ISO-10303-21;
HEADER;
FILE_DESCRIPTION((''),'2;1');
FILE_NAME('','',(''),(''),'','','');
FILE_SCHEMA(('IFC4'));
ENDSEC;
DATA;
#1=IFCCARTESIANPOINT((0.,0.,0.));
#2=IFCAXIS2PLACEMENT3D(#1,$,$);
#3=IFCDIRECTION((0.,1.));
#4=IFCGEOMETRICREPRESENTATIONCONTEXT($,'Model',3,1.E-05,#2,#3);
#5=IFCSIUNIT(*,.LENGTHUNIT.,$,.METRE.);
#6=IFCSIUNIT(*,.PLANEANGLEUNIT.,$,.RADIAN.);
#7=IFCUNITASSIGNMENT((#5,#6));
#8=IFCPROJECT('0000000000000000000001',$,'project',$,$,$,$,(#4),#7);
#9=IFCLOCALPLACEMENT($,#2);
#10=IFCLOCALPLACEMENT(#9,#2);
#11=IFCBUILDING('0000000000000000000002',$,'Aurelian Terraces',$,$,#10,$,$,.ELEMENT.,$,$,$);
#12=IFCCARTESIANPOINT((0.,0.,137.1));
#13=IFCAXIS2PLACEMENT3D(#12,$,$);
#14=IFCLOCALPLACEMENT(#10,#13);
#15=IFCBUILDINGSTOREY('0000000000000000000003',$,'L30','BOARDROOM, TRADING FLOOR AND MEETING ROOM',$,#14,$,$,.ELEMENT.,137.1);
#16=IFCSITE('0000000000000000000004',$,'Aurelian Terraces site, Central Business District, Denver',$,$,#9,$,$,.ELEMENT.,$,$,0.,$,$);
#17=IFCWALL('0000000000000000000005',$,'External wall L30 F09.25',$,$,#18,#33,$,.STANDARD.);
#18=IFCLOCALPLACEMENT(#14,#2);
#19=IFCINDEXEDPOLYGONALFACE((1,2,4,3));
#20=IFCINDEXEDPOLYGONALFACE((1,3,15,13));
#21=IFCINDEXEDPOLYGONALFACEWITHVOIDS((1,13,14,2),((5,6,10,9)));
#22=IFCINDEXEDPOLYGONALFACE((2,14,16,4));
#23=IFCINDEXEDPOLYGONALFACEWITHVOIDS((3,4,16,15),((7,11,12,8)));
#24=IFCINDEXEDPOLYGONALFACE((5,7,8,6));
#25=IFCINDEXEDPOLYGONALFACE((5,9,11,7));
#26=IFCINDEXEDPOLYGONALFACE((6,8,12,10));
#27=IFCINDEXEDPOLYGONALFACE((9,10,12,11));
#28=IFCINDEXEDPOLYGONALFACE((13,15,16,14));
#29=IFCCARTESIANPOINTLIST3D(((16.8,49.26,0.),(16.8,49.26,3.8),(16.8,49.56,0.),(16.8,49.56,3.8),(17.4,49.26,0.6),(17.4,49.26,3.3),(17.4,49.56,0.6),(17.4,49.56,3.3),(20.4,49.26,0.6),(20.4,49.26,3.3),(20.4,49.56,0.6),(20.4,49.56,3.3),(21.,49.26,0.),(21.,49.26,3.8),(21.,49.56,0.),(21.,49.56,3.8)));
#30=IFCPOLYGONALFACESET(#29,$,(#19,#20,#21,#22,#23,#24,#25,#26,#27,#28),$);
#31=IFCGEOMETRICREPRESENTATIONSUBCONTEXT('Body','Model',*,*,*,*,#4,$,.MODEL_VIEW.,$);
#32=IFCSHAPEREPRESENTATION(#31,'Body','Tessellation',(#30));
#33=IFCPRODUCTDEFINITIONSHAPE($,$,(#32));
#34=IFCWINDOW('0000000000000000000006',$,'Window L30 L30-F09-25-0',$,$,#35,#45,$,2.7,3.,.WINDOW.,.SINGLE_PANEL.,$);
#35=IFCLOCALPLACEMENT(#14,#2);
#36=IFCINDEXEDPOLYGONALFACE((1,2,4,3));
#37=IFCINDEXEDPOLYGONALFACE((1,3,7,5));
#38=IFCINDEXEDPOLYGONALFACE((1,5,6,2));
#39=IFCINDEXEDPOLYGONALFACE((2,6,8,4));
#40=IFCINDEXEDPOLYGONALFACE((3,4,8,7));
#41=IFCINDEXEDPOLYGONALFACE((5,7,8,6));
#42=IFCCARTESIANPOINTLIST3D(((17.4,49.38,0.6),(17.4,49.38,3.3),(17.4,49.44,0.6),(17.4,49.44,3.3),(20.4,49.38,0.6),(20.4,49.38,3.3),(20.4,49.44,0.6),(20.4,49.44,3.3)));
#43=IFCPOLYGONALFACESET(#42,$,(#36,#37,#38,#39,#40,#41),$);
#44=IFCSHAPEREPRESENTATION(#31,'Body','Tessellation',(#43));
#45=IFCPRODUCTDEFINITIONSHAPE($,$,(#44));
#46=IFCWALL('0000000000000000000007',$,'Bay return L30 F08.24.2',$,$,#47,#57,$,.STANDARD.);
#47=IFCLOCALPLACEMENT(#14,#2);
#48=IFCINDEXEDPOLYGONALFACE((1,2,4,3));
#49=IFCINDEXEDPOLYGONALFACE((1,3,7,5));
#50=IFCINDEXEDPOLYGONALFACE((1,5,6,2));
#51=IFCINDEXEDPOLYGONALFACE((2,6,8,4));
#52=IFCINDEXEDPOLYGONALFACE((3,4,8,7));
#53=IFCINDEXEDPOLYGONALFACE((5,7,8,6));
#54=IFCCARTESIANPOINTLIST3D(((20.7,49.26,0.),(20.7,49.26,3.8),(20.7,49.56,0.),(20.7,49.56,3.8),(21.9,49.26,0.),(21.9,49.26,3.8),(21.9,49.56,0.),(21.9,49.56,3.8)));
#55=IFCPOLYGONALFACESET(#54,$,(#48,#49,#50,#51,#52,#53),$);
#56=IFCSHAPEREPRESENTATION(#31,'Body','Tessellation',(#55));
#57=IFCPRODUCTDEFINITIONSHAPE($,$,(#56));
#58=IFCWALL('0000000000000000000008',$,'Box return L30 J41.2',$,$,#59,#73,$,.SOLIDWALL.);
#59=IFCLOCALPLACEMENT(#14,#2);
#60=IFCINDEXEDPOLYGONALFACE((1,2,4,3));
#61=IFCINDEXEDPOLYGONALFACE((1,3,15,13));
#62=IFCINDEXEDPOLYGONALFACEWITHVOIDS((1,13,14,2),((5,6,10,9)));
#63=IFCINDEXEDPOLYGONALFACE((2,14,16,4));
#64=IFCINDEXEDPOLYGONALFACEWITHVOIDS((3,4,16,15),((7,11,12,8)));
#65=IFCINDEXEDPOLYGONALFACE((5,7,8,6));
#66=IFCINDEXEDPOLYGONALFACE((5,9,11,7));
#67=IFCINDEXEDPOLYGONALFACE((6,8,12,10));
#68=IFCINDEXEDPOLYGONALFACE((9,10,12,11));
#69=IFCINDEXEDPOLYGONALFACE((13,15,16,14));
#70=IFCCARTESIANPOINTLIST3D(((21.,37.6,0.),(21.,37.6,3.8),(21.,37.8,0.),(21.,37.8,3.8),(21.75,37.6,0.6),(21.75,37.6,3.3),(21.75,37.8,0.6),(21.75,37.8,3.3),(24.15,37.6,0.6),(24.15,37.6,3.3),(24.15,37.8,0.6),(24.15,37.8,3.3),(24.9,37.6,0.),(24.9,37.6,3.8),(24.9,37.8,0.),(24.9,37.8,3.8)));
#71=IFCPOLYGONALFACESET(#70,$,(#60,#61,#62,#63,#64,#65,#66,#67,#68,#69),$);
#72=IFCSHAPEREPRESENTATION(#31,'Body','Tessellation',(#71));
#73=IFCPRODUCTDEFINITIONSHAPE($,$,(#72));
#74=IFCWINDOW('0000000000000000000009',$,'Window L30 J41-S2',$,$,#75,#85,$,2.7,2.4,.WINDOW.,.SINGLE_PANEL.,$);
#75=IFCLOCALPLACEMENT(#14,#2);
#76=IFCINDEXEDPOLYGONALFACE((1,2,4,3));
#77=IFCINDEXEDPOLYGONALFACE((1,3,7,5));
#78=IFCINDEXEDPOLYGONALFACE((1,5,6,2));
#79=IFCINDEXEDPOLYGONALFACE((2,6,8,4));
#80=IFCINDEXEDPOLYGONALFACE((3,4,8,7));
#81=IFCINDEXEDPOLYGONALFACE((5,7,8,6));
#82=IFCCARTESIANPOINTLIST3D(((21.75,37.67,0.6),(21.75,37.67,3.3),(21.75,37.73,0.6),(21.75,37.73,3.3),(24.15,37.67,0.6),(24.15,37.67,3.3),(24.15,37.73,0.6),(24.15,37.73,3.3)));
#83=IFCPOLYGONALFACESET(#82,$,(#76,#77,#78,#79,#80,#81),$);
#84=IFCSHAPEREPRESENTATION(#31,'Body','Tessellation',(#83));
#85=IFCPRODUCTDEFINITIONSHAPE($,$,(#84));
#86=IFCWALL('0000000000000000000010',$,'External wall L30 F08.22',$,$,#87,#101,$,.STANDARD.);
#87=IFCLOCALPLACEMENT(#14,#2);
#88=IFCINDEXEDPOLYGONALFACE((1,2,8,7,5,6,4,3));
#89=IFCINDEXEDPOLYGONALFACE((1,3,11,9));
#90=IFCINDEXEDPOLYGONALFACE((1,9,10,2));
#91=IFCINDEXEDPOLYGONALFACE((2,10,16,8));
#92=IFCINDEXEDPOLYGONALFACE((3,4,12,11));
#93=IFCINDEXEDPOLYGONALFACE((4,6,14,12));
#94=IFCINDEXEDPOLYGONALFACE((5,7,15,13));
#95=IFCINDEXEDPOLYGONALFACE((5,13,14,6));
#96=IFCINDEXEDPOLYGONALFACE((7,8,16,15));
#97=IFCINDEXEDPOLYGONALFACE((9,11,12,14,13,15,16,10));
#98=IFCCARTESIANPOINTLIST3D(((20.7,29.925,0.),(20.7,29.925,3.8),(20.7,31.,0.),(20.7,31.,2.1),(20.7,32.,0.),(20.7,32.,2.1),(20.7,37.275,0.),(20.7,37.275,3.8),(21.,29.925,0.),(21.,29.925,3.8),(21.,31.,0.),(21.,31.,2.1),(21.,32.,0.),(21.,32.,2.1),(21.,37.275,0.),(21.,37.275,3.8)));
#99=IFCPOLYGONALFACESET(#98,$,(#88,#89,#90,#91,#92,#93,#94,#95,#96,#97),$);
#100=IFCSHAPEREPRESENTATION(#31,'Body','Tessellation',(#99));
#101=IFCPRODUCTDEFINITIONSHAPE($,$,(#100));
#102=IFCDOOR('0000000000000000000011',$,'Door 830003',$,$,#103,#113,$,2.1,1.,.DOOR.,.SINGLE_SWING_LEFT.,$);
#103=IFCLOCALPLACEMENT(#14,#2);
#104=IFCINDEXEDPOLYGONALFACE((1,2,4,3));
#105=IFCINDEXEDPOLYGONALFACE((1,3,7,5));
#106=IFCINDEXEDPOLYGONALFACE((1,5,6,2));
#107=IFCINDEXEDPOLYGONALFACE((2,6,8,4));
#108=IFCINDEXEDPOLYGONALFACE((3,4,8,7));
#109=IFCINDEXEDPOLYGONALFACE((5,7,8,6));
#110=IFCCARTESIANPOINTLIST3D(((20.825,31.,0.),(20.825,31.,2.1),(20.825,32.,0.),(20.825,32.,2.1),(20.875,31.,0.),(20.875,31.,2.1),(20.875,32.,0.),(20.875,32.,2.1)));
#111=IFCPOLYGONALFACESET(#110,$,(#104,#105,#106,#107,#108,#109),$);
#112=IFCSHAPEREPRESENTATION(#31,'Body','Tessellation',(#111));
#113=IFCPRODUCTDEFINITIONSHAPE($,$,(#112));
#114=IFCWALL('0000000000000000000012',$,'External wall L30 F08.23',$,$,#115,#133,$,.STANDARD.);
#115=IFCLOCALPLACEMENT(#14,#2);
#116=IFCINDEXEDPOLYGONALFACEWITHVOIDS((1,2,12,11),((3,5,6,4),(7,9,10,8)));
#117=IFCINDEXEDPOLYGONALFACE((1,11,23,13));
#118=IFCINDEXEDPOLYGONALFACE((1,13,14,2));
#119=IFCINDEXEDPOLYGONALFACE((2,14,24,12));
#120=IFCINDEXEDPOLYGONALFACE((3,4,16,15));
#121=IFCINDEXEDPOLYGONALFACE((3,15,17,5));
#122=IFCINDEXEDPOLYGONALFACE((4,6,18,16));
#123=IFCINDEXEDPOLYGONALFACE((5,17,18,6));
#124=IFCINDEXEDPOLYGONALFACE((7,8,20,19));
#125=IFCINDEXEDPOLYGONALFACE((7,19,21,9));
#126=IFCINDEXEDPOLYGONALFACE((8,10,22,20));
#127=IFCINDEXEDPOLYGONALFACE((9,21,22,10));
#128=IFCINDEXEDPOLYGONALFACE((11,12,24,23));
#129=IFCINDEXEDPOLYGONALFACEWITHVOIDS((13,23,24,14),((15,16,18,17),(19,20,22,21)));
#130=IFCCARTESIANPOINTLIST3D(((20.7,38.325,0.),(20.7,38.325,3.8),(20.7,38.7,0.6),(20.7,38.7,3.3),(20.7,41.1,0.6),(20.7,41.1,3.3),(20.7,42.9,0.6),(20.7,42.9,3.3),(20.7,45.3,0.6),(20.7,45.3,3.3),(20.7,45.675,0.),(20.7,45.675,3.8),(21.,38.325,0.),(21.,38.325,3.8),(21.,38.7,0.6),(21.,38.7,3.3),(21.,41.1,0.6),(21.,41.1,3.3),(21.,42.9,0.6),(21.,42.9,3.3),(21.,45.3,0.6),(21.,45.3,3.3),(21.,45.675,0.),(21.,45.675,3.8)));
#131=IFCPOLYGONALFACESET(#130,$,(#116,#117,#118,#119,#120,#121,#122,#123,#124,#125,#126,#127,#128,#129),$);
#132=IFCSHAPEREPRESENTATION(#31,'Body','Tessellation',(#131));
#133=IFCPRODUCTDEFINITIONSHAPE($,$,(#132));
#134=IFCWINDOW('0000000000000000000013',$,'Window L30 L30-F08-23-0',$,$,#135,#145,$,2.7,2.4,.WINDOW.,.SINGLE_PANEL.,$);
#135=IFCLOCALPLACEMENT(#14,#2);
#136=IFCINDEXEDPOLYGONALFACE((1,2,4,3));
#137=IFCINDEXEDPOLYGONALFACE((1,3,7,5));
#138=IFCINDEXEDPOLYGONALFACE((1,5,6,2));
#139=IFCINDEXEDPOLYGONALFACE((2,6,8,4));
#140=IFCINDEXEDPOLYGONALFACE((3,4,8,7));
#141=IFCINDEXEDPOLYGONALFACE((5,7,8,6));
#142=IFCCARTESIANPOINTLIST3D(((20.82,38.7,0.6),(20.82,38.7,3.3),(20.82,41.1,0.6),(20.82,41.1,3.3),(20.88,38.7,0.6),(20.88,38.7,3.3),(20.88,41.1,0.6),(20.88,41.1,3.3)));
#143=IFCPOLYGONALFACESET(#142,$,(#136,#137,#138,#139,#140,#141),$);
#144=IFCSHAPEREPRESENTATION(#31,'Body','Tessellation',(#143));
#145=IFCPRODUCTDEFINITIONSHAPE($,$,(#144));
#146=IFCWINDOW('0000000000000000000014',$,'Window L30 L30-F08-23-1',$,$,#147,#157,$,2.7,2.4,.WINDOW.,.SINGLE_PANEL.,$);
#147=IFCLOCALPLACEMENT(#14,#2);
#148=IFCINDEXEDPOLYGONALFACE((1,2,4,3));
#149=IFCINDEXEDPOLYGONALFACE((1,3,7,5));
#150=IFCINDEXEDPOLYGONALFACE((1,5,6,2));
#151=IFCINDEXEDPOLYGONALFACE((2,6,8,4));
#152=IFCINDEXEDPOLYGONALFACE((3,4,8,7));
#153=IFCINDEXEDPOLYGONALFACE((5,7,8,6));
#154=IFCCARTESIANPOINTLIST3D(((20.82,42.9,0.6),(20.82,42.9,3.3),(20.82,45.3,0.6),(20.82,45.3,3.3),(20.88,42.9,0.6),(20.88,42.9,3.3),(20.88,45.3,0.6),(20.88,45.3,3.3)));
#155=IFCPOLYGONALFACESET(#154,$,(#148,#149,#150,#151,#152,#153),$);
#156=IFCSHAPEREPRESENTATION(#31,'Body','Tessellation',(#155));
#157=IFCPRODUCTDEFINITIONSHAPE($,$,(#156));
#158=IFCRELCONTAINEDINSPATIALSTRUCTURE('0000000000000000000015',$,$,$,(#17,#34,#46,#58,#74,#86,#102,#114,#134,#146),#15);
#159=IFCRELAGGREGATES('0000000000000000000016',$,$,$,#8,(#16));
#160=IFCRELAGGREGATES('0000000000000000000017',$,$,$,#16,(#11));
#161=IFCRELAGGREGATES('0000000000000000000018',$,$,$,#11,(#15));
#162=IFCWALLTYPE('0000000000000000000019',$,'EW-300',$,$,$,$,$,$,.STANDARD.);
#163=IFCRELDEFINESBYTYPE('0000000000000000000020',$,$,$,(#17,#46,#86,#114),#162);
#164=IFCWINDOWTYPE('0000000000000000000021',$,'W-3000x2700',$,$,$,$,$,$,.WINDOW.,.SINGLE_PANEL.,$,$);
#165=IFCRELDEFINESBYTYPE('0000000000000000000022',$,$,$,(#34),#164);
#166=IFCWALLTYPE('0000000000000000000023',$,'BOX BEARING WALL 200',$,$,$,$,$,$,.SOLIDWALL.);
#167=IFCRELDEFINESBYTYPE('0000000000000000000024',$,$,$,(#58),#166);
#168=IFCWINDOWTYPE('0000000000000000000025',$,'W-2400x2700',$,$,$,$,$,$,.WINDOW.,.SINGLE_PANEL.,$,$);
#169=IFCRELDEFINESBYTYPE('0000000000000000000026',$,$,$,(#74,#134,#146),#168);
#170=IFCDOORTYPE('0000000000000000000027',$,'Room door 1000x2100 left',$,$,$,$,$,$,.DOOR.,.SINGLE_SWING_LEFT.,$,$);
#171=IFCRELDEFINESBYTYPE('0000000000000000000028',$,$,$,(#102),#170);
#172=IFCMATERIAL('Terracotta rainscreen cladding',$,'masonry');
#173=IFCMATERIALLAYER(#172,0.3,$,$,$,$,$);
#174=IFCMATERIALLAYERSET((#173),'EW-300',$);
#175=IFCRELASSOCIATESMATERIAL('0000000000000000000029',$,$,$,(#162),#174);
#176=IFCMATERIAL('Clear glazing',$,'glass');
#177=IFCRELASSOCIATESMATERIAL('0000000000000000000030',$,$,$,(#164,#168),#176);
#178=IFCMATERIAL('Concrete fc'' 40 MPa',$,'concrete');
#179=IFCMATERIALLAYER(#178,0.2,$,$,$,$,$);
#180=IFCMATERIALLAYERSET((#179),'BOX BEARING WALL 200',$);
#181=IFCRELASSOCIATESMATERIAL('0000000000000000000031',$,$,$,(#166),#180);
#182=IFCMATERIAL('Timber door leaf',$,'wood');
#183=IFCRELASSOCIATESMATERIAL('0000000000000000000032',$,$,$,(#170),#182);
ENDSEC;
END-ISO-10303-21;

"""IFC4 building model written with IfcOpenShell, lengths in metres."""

from ifc_helpers import new_model, si_unit, direction, frame, frame_2d, origin, place, context, subcontext, project, spatial, rectangle, extrude, source, transform, mapped, material, layer, layer_set, type_object, element, fill, save


model = new_model("IFC4")

# Units and contexts
model_context = context("Model", 3, precision=1e-05, world=origin(), true_north=direction((0.0, 1.0)))
body_context = subcontext(model_context, "Body", "Model", "MODEL_VIEW")
ifc_project = project(units=[si_unit("LENGTHUNIT", "METRE"), si_unit("PLANEANGLEUNIT", "RADIAN")], contexts=[model_context])

# Site, building, storey
site_placement = place(None, origin())
site = spatial("IfcSite", under=ifc_project, at=site_placement, Name="Aurelian Terraces site, Central Business District, Denver", CompositionType="ELEMENT", RefElevation=0.0)
building_placement = place(site_placement, origin())
building = spatial("IfcBuilding", under=site, at=building_placement, Name="Aurelian Terraces", CompositionType="ELEMENT")
storey_placement = place(building_placement, frame((0.0, 0.0, 137.1)))
storey = spatial("IfcBuildingStorey", under=building, at=storey_placement, Name="L30", Description="BOARDROOM, TRADING FLOOR AND MEETING ROOM", CompositionType="ELEMENT", Elevation=137.1)

# Wall, opening, window
ifc_material_1 = material(Name="Terracotta rainscreen cladding", Category="masonry")
ifc_layer_1 = layer(ifc_material_1, 0.3)
ifc_layer_set_1 = layer_set([ifc_layer_1], Name="EW-300")
wall_type_1 = type_object("IfcWallType", Name="EW-300", PredefinedType="STANDARD", material=ifc_layer_set_1)
shared_shape_1 = source(origin(), body_context, "Body", "SweptSolid", [
    extrude(rectangle(XDim=4.2, YDim=0.3, at=frame_2d((2.1, 0.0))), origin(), (0.0, 0.0, 1.0), 3.8),
])
wall_1_placement = place(storey_placement, frame((21.0, 49.41, 0.0), z_axis=(0.0, 0.0, 1.0), x_axis=(-1.0, 0.0, 0.0)))
wall_1 = element("IfcWall", 1, at=wall_1_placement, inside=storey, type_object=wall_type_1, Name="External wall L30 F09.25", PredefinedType="STANDARD", context=body_context, shape_type="MappedRepresentation", body=[
    mapped(shared_shape_1, transform((0.0, 0.0, 0.0), scale=1.0)),
])
shared_shape_2 = source(origin(), body_context, "Body", "SweptSolid", [
    extrude(rectangle(XDim=3.0, YDim=2.7, at=frame_2d((1.5, 1.35))), frame((0.0, 0.16, 0.0), z_axis=(0.0, -1.0, 0.0), x_axis=(1.0, 0.0, 0.0)), (0.0, 0.0, 1.0), 0.32),
])
opening_1_placement = place(wall_1_placement, frame((0.6, 0.0, 0.6)))
opening_1 = element("IfcOpeningElement", 2, at=opening_1_placement, cuts=wall_1, PredefinedType="OPENING", context=body_context, shape_type="MappedRepresentation", body=[
    mapped(shared_shape_2, transform((0.0, 0.0, 0.0), scale=1.0)),
])
ifc_material_2 = material(Name="Clear glazing", Category="glass")
window_type_1 = type_object("IfcWindowType", Name="W-3000x2700", PartitioningType="SINGLE_PANEL", PredefinedType="WINDOW", material=ifc_material_2)
shared_shape_3 = source(origin(), body_context, "Body", "SweptSolid", [
    extrude(rectangle(XDim=3.0, YDim=2.7, at=frame_2d((1.5, 1.35))), frame((0.0, 0.03, 0.0), z_axis=(0.0, -1.0, 0.0), x_axis=(1.0, 0.0, 0.0)), (0.0, 0.0, 1.0), 0.06),
])
window_1_placement = place(opening_1_placement, origin())
window_1 = element("IfcWindow", 3, at=window_1_placement, inside=storey, type_object=window_type_1, Name="Window L30 L30-F09-25-0", OverallHeight=2.7, OverallWidth=3.0, PartitioningType="SINGLE_PANEL", PredefinedType="WINDOW", context=body_context, shape_type="MappedRepresentation", body=[
    mapped(shared_shape_3, transform((0.0, 0.0, 0.0), scale=1.0)),
])
fill(opening_1, window_1)

# Wall
shared_shape_4 = source(origin(), body_context, "Body", "SweptSolid", [
    extrude(rectangle(XDim=1.2, YDim=0.3, at=frame_2d((0.6, 0.0))), origin(), (0.0, 0.0, 1.0), 3.8),
])
wall_2_placement = place(storey_placement, frame((20.7, 49.41, 0.0), z_axis=(0.0, 0.0, 1.0), x_axis=(1.0, 0.0, 0.0)))
element("IfcWall", 4, at=wall_2_placement, inside=storey, type_object=wall_type_1, Name="Bay return L30 F08.24.2", PredefinedType="STANDARD", context=body_context, shape_type="MappedRepresentation", body=[
    mapped(shared_shape_4, transform((0.0, 0.0, 0.0), scale=1.0)),
])

# Wall, opening, window
ifc_material_3 = material(Name="Concrete fc' 40 MPa", Category="concrete")
ifc_layer_2 = layer(ifc_material_3, 0.2)
ifc_layer_set_2 = layer_set([ifc_layer_2], Name="BOX BEARING WALL 200")
wall_type_2 = type_object("IfcWallType", Name="BOX BEARING WALL 200", PredefinedType="SOLIDWALL", material=ifc_layer_set_2)
shared_shape_5 = source(origin(), body_context, "Body", "SweptSolid", [
    extrude(rectangle(XDim=3.9, YDim=0.2, at=frame_2d((1.95, 0.0))), origin(), (0.0, 0.0, 1.0), 3.8),
])
wall_3_placement = place(storey_placement, frame((21.0, 37.7, 0.0), z_axis=(0.0, 0.0, 1.0), x_axis=(1.0, 0.0, 0.0)))
wall_3 = element("IfcWall", 5, at=wall_3_placement, inside=storey, type_object=wall_type_2, Name="Box return L30 J41.2", PredefinedType="SOLIDWALL", context=body_context, shape_type="MappedRepresentation", body=[
    mapped(shared_shape_5, transform((0.0, 0.0, 0.0), scale=1.0)),
])
shared_shape_6 = source(origin(), body_context, "Body", "SweptSolid", [
    extrude(rectangle(XDim=2.4, YDim=2.7, at=frame_2d((1.2, 1.35))), frame((0.0, 0.11, 0.0), z_axis=(0.0, -1.0, 0.0), x_axis=(1.0, 0.0, 0.0)), (0.0, 0.0, 1.0), 0.22),
])
opening_2_placement = place(wall_3_placement, frame((0.75, 0.0, 0.6)))
opening_2 = element("IfcOpeningElement", 6, at=opening_2_placement, cuts=wall_3, PredefinedType="OPENING", context=body_context, shape_type="MappedRepresentation", body=[
    mapped(shared_shape_6, transform((0.0, 0.0, 0.0), scale=1.0)),
])
window_type_2 = type_object("IfcWindowType", Name="W-2400x2700", PartitioningType="SINGLE_PANEL", PredefinedType="WINDOW", material=ifc_material_2)
shared_shape_7 = source(origin(), body_context, "Body", "SweptSolid", [
    extrude(rectangle(XDim=2.4, YDim=2.7, at=frame_2d((1.2, 1.35))), frame((0.0, 0.03, 0.0), z_axis=(0.0, -1.0, 0.0), x_axis=(1.0, 0.0, 0.0)), (0.0, 0.0, 1.0), 0.06),
])
window_2_placement = place(opening_2_placement, origin())
window_2 = element("IfcWindow", 7, at=window_2_placement, inside=storey, type_object=window_type_2, Name="Window L30 J41-S2", OverallHeight=2.7, OverallWidth=2.4, PartitioningType="SINGLE_PANEL", PredefinedType="WINDOW", context=body_context, shape_type="MappedRepresentation", body=[
    mapped(shared_shape_7, transform((0.0, 0.0, 0.0), scale=1.0)),
])
fill(opening_2, window_2)

# Wall, opening, door
shared_shape_8 = source(origin(), body_context, "Body", "SweptSolid", [
    extrude(rectangle(XDim=7.35, YDim=0.3, at=frame_2d((3.675, 0.0))), origin(), (0.0, 0.0, 1.0), 3.8),
])
wall_4_placement = place(storey_placement, frame((20.85, 29.925, 0.0), z_axis=(0.0, 0.0, 1.0), x_axis=(0.0, 1.0, 0.0)))
wall_4 = element("IfcWall", 8, at=wall_4_placement, inside=storey, type_object=wall_type_1, Name="External wall L30 F08.22", PredefinedType="STANDARD", context=body_context, shape_type="MappedRepresentation", body=[
    mapped(shared_shape_8, transform((0.0, 0.0, 0.0), scale=1.0)),
])
shared_shape_9 = source(origin(), body_context, "Body", "SweptSolid", [
    extrude(rectangle(XDim=1.0, YDim=2.1, at=frame_2d((0.5, 1.05))), frame((0.0, 0.16, 0.0), z_axis=(0.0, -1.0, 0.0), x_axis=(1.0, 0.0, 0.0)), (0.0, 0.0, 1.0), 0.32),
])
opening_3_placement = place(wall_4_placement, frame((1.075, 0.0, 0.0)))
opening_3 = element("IfcOpeningElement", 9, at=opening_3_placement, cuts=wall_4, PredefinedType="OPENING", context=body_context, shape_type="MappedRepresentation", body=[
    mapped(shared_shape_9, transform((0.0, 0.0, 0.0), scale=1.0)),
])
ifc_material_4 = material(Name="Timber door leaf", Category="wood")
door_type = type_object("IfcDoorType", Name="Room door 1000x2100 left", OperationType="SINGLE_SWING_LEFT", PredefinedType="DOOR", material=ifc_material_4)
shared_shape_10 = source(origin(), body_context, "Body", "SweptSolid", [
    extrude(rectangle(XDim=1.0, YDim=2.1, at=frame_2d((0.5, 1.05))), frame((0.0, 0.025, 0.0), z_axis=(0.0, -1.0, 0.0), x_axis=(1.0, 0.0, 0.0)), (0.0, 0.0, 1.0), 0.05),
])
door_placement = place(opening_3_placement, origin())
door = element("IfcDoor", 10, at=door_placement, inside=storey, type_object=door_type, Name="Door 830003", OperationType="SINGLE_SWING_LEFT", OverallHeight=2.1, OverallWidth=1.0, PredefinedType="DOOR", context=body_context, shape_type="MappedRepresentation", body=[
    mapped(shared_shape_10, transform((0.0, 0.0, 0.0), scale=1.0)),
])
fill(opening_3, door)

# Wall, openings, windows
wall_5_placement = place(storey_placement, frame((20.85, 38.325, 0.0), z_axis=(0.0, 0.0, 1.0), x_axis=(0.0, 1.0, 0.0)))
wall_5 = element("IfcWall", 11, at=wall_5_placement, inside=storey, type_object=wall_type_1, Name="External wall L30 F08.23", PredefinedType="STANDARD", context=body_context, shape_type="MappedRepresentation", body=[
    mapped(shared_shape_8, transform((0.0, 0.0, 0.0), scale=1.0)),
])
shared_shape_11 = source(origin(), body_context, "Body", "SweptSolid", [
    extrude(rectangle(XDim=2.4, YDim=2.7, at=frame_2d((1.2, 1.35))), frame((0.0, 0.16, 0.0), z_axis=(0.0, -1.0, 0.0), x_axis=(1.0, 0.0, 0.0)), (0.0, 0.0, 1.0), 0.32),
])
opening_4_placement = place(wall_5_placement, frame((0.375, 0.0, 0.6)))
opening_4 = element("IfcOpeningElement", 12, at=opening_4_placement, cuts=wall_5, PredefinedType="OPENING", context=body_context, shape_type="MappedRepresentation", body=[
    mapped(shared_shape_11, transform((0.0, 0.0, 0.0), scale=1.0)),
])
opening_5_placement = place(wall_5_placement, frame((4.575, 0.0, 0.6)))
opening_5 = element("IfcOpeningElement", 13, at=opening_5_placement, cuts=wall_5, PredefinedType="OPENING", context=body_context, shape_type="MappedRepresentation", body=[
    mapped(shared_shape_11, transform((0.0, 0.0, 0.0), scale=1.0)),
])
window_3_placement = place(opening_4_placement, origin())
window_3 = element("IfcWindow", 14, at=window_3_placement, inside=storey, type_object=window_type_2, Name="Window L30 L30-F08-23-0", OverallHeight=2.7, OverallWidth=2.4, PartitioningType="SINGLE_PANEL", PredefinedType="WINDOW", context=body_context, shape_type="MappedRepresentation", body=[
    mapped(shared_shape_7, transform((0.0, 0.0, 0.0), scale=1.0)),
])
fill(opening_4, window_3)
window_4_placement = place(opening_5_placement, origin())
window_4 = element("IfcWindow", 15, at=window_4_placement, inside=storey, type_object=window_type_2, Name="Window L30 L30-F08-23-1", OverallHeight=2.7, OverallWidth=2.4, PartitioningType="SINGLE_PANEL", PredefinedType="WINDOW", context=body_context, shape_type="MappedRepresentation", body=[
    mapped(shared_shape_7, transform((0.0, 0.0, 0.0), scale=1.0)),
])
fill(opening_5, window_4)

save(model, "model.ifc")
